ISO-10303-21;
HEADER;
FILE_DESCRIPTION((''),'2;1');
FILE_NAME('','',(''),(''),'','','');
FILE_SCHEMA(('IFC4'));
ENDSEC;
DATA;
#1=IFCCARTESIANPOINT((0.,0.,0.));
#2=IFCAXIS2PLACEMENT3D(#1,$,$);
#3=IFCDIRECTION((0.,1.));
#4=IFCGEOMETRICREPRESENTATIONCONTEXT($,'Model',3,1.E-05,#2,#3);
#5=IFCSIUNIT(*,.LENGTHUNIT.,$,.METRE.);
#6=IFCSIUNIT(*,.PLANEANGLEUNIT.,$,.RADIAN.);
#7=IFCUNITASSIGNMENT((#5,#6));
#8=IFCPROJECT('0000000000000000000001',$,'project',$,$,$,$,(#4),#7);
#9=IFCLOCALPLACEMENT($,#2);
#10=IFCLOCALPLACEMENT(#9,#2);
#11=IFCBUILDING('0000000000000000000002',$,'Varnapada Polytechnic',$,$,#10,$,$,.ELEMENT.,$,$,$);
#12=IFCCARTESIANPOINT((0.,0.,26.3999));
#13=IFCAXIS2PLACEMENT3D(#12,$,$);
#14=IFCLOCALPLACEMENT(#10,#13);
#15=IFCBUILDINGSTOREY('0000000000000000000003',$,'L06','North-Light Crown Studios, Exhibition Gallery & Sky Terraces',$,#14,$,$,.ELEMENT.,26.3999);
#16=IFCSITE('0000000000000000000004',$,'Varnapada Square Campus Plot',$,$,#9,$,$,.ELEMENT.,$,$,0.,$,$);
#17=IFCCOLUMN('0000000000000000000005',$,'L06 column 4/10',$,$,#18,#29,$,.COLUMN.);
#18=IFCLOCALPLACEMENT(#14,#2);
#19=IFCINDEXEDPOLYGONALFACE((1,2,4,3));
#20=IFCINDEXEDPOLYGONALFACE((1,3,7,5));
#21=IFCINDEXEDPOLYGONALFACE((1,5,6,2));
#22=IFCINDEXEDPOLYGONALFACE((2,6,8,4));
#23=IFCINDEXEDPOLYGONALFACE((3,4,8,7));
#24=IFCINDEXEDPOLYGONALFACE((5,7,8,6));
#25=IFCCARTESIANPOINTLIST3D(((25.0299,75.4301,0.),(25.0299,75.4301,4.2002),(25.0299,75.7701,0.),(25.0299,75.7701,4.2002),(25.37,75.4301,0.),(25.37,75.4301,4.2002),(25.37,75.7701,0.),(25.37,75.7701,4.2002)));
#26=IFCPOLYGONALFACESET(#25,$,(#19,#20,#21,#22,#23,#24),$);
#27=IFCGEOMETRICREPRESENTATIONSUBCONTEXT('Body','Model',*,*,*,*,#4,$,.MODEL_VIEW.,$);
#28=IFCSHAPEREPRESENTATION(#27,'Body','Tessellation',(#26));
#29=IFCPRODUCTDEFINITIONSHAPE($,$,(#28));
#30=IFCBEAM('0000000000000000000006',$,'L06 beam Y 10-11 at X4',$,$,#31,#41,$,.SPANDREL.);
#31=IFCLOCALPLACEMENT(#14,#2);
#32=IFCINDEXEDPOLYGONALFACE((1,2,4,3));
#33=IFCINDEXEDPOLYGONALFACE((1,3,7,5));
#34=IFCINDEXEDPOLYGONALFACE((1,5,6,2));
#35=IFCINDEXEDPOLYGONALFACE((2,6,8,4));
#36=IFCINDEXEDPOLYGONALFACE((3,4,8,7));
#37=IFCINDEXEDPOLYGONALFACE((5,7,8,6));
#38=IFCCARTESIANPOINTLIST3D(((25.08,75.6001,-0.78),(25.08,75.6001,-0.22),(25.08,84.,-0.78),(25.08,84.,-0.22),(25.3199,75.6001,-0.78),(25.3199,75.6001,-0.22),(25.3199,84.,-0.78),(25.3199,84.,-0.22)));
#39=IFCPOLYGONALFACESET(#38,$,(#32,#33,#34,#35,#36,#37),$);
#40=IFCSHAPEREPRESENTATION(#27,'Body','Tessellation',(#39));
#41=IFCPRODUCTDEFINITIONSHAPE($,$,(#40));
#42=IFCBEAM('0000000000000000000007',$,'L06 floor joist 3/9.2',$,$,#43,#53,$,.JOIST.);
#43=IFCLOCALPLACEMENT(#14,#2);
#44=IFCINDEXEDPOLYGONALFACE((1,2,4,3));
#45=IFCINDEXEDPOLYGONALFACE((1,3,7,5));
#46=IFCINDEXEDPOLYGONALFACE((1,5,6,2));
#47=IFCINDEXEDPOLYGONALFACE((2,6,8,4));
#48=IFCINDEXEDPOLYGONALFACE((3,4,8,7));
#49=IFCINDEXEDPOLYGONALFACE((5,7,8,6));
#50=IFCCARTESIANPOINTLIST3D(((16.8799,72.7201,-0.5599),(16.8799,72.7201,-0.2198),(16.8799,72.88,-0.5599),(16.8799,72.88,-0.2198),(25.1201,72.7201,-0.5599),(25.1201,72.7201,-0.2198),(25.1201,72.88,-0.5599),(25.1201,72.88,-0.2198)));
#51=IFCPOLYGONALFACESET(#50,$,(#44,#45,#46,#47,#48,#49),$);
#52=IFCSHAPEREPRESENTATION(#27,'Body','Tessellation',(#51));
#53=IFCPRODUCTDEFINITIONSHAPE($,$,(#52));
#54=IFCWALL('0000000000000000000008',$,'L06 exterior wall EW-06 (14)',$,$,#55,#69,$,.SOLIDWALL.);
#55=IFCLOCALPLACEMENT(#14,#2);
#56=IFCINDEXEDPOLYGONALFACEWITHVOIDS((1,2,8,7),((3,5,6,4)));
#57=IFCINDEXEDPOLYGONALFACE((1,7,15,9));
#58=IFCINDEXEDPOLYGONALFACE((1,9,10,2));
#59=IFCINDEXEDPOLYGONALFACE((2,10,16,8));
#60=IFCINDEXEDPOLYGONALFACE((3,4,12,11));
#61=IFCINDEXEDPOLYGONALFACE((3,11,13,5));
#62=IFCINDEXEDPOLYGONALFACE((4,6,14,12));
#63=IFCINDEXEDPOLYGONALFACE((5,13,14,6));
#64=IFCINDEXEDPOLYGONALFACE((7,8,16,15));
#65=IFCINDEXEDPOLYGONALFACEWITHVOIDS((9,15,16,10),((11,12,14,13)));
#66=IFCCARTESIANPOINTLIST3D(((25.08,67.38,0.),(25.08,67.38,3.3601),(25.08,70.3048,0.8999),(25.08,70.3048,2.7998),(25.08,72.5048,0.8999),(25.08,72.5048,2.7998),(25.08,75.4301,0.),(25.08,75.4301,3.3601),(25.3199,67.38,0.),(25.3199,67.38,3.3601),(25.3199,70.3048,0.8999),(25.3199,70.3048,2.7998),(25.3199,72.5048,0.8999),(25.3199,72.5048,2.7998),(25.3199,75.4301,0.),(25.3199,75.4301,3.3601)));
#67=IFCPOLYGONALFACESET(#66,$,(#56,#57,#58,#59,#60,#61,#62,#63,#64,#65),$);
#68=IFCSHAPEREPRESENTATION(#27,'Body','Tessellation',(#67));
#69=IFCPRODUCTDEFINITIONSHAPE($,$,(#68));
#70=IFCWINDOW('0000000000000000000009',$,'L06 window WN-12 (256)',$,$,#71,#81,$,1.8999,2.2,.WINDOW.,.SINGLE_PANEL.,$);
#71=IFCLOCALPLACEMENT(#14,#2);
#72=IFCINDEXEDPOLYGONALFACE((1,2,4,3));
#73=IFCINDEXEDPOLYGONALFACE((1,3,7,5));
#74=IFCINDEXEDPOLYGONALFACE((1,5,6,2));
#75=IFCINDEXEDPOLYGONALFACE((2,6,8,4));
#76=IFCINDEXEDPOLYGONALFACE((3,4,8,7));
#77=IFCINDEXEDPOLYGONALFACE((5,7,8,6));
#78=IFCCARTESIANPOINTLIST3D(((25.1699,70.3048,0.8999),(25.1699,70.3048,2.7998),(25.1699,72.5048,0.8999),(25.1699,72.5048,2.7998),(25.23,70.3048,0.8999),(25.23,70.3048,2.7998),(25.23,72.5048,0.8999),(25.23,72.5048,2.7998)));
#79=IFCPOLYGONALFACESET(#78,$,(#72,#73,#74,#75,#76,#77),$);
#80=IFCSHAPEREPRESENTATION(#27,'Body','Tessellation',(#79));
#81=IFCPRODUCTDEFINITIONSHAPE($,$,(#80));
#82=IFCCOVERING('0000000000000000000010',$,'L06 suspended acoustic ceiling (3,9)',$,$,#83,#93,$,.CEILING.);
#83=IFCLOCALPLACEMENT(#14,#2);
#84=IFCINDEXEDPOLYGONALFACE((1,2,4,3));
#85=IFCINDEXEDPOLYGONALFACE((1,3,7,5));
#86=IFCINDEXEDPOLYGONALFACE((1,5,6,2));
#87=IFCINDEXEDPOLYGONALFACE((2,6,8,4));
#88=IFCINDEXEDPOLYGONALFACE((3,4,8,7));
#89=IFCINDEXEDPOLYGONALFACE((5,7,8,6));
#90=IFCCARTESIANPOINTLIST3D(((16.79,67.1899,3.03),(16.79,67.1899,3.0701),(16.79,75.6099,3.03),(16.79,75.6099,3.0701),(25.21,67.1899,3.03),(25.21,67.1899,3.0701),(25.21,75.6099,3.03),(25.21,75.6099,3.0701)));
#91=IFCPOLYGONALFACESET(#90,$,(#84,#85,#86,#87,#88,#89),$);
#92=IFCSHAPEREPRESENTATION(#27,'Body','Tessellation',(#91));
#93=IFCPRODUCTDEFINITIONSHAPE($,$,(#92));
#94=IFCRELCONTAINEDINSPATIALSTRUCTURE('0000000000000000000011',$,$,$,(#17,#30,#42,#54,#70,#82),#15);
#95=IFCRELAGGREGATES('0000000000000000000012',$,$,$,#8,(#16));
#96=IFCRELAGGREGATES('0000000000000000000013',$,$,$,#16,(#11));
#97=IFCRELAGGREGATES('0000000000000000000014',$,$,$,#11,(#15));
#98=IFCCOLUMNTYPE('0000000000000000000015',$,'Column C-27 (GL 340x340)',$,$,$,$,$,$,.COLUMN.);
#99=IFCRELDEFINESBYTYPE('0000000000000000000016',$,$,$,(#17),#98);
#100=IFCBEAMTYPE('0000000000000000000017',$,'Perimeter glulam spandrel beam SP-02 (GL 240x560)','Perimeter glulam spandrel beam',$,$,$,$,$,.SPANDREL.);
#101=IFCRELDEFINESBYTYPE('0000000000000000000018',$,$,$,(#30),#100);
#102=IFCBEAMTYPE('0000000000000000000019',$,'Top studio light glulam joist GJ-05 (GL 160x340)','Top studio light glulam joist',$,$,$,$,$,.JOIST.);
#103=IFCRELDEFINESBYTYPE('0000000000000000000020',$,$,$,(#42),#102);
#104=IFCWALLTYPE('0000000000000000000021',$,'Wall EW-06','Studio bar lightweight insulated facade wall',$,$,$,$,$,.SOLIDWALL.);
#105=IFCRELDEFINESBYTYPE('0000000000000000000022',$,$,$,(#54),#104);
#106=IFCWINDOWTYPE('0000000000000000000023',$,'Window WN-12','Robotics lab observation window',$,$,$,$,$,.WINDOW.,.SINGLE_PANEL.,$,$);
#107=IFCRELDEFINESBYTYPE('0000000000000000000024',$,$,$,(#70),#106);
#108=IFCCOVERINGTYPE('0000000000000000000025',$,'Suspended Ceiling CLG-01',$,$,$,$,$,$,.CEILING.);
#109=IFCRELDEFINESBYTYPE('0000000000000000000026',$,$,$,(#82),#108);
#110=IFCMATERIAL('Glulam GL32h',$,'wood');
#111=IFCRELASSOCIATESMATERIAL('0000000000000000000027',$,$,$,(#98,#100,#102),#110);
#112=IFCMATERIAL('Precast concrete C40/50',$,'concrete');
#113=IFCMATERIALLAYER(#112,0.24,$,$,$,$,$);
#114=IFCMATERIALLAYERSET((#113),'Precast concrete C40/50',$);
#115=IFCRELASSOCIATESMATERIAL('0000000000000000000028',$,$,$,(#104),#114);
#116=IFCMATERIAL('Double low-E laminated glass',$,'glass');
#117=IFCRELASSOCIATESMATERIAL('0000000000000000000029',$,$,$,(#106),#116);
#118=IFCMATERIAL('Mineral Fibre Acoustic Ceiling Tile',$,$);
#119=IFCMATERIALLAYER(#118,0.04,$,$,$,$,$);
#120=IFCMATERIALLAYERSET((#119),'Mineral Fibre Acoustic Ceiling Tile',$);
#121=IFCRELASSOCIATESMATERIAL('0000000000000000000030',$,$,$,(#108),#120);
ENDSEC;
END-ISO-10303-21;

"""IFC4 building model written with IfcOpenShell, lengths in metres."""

from ifc_helpers import new_model, si_unit, direction, frame, frame_2d, origin, origin_2d, place, context, subcontext, project, spatial, rectangle, extrude, material, layer, layer_set, material_profile, profile_set, type_object, element, fill, save


model = new_model("IFC4")

# Units and contexts
model_context = context("Model", 3, precision=1e-05, world=origin(), true_north=direction((0.0, 1.0)))
body_context = subcontext(model_context, "Body", "Model", "MODEL_VIEW")
ifc_project = project(units=[si_unit("LENGTHUNIT", "METRE"), si_unit("PLANEANGLEUNIT", "RADIAN")], contexts=[model_context])

# Site, building, storey
site_placement = place(None, origin())
site = spatial("IfcSite", under=ifc_project, at=site_placement, Name="Varnapada Square Campus Plot", CompositionType="ELEMENT", RefElevation=0.0)
building_placement = place(site_placement, origin())
building = spatial("IfcBuilding", under=site, at=building_placement, Name="Varnapada Polytechnic", CompositionType="ELEMENT")
storey_placement = place(building_placement, frame((0.0, 0.0, 26.3999)))
storey = spatial("IfcBuildingStorey", under=building, at=storey_placement, Name="L06", Description="North-Light Crown Studios, Exhibition Gallery & Sky Terraces", CompositionType="ELEMENT", Elevation=26.3999)

# Column
ifc_material_1 = material(Name="Glulam GL32h", Category="wood")
ifc_material_profile_1 = material_profile(ifc_material_1, rectangle(XDim=0.3401, YDim=0.3401, at=origin_2d()), Name="GL 340x340")
ifc_profile_set_1 = profile_set([ifc_material_profile_1], Name="Glulam GL32h")
column_type = type_object("IfcColumnType", Name="Column C-27 (GL 340x340)", PredefinedType="COLUMN", material=ifc_profile_set_1)
column_placement = place(storey_placement, frame((25.2, 75.6001, 0.0), z_axis=(0.0, 0.0, 1.0), x_axis=(1.0, 0.0, 0.0)))
element("IfcColumn", 1, at=column_placement, inside=storey, type_object=column_type, Name="L06 column 4/10", PredefinedType="COLUMN", context=body_context, shape_type="SweptSolid", body=[
    extrude(rectangle(XDim=0.3401, YDim=0.3401, at=origin_2d()), origin(), (0.0, 0.0, 1.0), 4.2002),
])

# Beams
ifc_material_profile_2 = material_profile(ifc_material_1, rectangle(XDim=0.24, YDim=0.5601, at=origin_2d()), Name="GL 240x560")
ifc_profile_set_2 = profile_set([ifc_material_profile_2], Name="Glulam GL32h")
beam_type_1 = type_object("IfcBeamType", Name="Perimeter glulam spandrel beam SP-02 (GL 240x560)", Description="Perimeter glulam spandrel beam", PredefinedType="SPANDREL", material=ifc_profile_set_2)
beam_1_placement = place(storey_placement, frame((25.2, 75.6001, -0.5), z_axis=(0.0, 1.0, 0.0), x_axis=(-1.0, 0.0, 0.0)))
element("IfcBeam", 2, at=beam_1_placement, inside=storey, type_object=beam_type_1, Name="L06 beam Y 10-11 at X4", PredefinedType="SPANDREL", context=body_context, shape_type="SweptSolid", body=[
    extrude(rectangle(XDim=0.24, YDim=0.5601, at=origin_2d()), origin(), (0.0, 0.0, 1.0), 8.3999),
])
ifc_material_profile_3 = material_profile(ifc_material_1, rectangle(XDim=0.1599, YDim=0.3401, at=origin_2d()), Name="GL 160x340")
ifc_profile_set_3 = profile_set([ifc_material_profile_3], Name="Glulam GL32h")
beam_type_2 = type_object("IfcBeamType", Name="Top studio light glulam joist GJ-05 (GL 160x340)", Description="Top studio light glulam joist", PredefinedType="JOIST", material=ifc_profile_set_3)
beam_2_placement = place(storey_placement, frame((16.8799, 72.8, -0.3899), z_axis=(1.0, 0.0, 0.0), x_axis=(0.0, 1.0, 0.0)))
element("IfcBeam", 3, at=beam_2_placement, inside=storey, type_object=beam_type_2, Name="L06 floor joist 3/9.2", PredefinedType="JOIST", context=body_context, shape_type="SweptSolid", body=[
    extrude(rectangle(XDim=0.1599, YDim=0.3401, at=origin_2d()), origin(), (0.0, 0.0, 1.0), 8.2402),
])

# Wall, opening, window
ifc_material_2 = material(Name="Precast concrete C40/50", Category="concrete")
ifc_layer_1 = layer(ifc_material_2, 0.24)
ifc_layer_set_1 = layer_set([ifc_layer_1], Name="Precast concrete C40/50")
wall_type = type_object("IfcWallType", Name="Wall EW-06", Description="Studio bar lightweight insulated facade wall", PredefinedType="SOLIDWALL", material=ifc_layer_set_1)
wall_placement = place(storey_placement, frame((25.2, 75.4299, 0.0), z_axis=(0.0, 0.0, 1.0), x_axis=(0.0, -1.0, 0.0)))
wall = element("IfcWall", 4, at=wall_placement, inside=storey, type_object=wall_type, Name="L06 exterior wall EW-06 (14)", PredefinedType="SOLIDWALL", context=body_context, shape_type="SweptSolid", body=[
    extrude(rectangle(XDim=8.05, YDim=0.24, at=frame_2d((4.0249, 0.0))), origin(), (0.0, 0.0, 1.0), 3.3601),
])
opening_1_placement = place(wall_placement, frame((2.925, 0.0, 0.8999)))
opening_1 = element("IfcOpeningElement", 5, at=opening_1_placement, cuts=wall, PredefinedType="OPENING", context=body_context, shape_type="SweptSolid", body=[
    extrude(rectangle(XDim=2.2, YDim=1.8999, at=frame_2d((1.1001, 0.95))), frame((0.0, 0.1299, 0.0), z_axis=(0.0, -1.0, 0.0), x_axis=(1.0, 0.0, 0.0)), (0.0, 0.0, 1.0), 0.26),
])
ifc_material_3 = material(Name="Double low-E laminated glass", Category="glass")
window_type = type_object("IfcWindowType", Name="Window WN-12", Description="Robotics lab observation window", PartitioningType="SINGLE_PANEL", PredefinedType="WINDOW", material=ifc_material_3)
window_placement = place(opening_1_placement, origin())
window = element("IfcWindow", 6, at=window_placement, inside=storey, type_object=window_type, Name="L06 window WN-12 (256)", OverallHeight=1.8999, OverallWidth=2.2, PartitioningType="SINGLE_PANEL", PredefinedType="WINDOW", context=body_context, shape_type="SweptSolid", body=[
    extrude(rectangle(XDim=2.2, YDim=1.8999, at=frame_2d((1.1001, 0.95))), frame((0.0, 0.03, 0.0), z_axis=(0.0, -1.0, 0.0), x_axis=(1.0, 0.0, 0.0)), (0.0, 0.0, 1.0), 0.0601),
])
fill(opening_1, window)

# Covering
ifc_material_4 = material(Name="Mineral Fibre Acoustic Ceiling Tile")
ifc_layer_2 = layer(ifc_material_4, 0.04)
ifc_layer_set_2 = layer_set([ifc_layer_2], Name="Mineral Fibre Acoustic Ceiling Tile")
covering_type_1 = type_object("IfcCoveringType", Name="Suspended Ceiling CLG-01", PredefinedType="CEILING", material=ifc_layer_set_2)
covering_1_placement = place(storey_placement, frame((21.0, 71.3999, 3.03), z_axis=(0.0, 0.0, 1.0), x_axis=(1.0, 0.0, 0.0)))
element("IfcCovering", 7, at=covering_1_placement, inside=storey, type_object=covering_type_1, Name="L06 suspended acoustic ceiling (3,9)", PredefinedType="CEILING", context=body_context, shape_type="SweptSolid", body=[
    extrude(rectangle(XDim=8.4199, YDim=8.4199, at=origin_2d()), origin(), (0.0, 0.0, 1.0), 0.04),
])

save(model, "model.ifc")
